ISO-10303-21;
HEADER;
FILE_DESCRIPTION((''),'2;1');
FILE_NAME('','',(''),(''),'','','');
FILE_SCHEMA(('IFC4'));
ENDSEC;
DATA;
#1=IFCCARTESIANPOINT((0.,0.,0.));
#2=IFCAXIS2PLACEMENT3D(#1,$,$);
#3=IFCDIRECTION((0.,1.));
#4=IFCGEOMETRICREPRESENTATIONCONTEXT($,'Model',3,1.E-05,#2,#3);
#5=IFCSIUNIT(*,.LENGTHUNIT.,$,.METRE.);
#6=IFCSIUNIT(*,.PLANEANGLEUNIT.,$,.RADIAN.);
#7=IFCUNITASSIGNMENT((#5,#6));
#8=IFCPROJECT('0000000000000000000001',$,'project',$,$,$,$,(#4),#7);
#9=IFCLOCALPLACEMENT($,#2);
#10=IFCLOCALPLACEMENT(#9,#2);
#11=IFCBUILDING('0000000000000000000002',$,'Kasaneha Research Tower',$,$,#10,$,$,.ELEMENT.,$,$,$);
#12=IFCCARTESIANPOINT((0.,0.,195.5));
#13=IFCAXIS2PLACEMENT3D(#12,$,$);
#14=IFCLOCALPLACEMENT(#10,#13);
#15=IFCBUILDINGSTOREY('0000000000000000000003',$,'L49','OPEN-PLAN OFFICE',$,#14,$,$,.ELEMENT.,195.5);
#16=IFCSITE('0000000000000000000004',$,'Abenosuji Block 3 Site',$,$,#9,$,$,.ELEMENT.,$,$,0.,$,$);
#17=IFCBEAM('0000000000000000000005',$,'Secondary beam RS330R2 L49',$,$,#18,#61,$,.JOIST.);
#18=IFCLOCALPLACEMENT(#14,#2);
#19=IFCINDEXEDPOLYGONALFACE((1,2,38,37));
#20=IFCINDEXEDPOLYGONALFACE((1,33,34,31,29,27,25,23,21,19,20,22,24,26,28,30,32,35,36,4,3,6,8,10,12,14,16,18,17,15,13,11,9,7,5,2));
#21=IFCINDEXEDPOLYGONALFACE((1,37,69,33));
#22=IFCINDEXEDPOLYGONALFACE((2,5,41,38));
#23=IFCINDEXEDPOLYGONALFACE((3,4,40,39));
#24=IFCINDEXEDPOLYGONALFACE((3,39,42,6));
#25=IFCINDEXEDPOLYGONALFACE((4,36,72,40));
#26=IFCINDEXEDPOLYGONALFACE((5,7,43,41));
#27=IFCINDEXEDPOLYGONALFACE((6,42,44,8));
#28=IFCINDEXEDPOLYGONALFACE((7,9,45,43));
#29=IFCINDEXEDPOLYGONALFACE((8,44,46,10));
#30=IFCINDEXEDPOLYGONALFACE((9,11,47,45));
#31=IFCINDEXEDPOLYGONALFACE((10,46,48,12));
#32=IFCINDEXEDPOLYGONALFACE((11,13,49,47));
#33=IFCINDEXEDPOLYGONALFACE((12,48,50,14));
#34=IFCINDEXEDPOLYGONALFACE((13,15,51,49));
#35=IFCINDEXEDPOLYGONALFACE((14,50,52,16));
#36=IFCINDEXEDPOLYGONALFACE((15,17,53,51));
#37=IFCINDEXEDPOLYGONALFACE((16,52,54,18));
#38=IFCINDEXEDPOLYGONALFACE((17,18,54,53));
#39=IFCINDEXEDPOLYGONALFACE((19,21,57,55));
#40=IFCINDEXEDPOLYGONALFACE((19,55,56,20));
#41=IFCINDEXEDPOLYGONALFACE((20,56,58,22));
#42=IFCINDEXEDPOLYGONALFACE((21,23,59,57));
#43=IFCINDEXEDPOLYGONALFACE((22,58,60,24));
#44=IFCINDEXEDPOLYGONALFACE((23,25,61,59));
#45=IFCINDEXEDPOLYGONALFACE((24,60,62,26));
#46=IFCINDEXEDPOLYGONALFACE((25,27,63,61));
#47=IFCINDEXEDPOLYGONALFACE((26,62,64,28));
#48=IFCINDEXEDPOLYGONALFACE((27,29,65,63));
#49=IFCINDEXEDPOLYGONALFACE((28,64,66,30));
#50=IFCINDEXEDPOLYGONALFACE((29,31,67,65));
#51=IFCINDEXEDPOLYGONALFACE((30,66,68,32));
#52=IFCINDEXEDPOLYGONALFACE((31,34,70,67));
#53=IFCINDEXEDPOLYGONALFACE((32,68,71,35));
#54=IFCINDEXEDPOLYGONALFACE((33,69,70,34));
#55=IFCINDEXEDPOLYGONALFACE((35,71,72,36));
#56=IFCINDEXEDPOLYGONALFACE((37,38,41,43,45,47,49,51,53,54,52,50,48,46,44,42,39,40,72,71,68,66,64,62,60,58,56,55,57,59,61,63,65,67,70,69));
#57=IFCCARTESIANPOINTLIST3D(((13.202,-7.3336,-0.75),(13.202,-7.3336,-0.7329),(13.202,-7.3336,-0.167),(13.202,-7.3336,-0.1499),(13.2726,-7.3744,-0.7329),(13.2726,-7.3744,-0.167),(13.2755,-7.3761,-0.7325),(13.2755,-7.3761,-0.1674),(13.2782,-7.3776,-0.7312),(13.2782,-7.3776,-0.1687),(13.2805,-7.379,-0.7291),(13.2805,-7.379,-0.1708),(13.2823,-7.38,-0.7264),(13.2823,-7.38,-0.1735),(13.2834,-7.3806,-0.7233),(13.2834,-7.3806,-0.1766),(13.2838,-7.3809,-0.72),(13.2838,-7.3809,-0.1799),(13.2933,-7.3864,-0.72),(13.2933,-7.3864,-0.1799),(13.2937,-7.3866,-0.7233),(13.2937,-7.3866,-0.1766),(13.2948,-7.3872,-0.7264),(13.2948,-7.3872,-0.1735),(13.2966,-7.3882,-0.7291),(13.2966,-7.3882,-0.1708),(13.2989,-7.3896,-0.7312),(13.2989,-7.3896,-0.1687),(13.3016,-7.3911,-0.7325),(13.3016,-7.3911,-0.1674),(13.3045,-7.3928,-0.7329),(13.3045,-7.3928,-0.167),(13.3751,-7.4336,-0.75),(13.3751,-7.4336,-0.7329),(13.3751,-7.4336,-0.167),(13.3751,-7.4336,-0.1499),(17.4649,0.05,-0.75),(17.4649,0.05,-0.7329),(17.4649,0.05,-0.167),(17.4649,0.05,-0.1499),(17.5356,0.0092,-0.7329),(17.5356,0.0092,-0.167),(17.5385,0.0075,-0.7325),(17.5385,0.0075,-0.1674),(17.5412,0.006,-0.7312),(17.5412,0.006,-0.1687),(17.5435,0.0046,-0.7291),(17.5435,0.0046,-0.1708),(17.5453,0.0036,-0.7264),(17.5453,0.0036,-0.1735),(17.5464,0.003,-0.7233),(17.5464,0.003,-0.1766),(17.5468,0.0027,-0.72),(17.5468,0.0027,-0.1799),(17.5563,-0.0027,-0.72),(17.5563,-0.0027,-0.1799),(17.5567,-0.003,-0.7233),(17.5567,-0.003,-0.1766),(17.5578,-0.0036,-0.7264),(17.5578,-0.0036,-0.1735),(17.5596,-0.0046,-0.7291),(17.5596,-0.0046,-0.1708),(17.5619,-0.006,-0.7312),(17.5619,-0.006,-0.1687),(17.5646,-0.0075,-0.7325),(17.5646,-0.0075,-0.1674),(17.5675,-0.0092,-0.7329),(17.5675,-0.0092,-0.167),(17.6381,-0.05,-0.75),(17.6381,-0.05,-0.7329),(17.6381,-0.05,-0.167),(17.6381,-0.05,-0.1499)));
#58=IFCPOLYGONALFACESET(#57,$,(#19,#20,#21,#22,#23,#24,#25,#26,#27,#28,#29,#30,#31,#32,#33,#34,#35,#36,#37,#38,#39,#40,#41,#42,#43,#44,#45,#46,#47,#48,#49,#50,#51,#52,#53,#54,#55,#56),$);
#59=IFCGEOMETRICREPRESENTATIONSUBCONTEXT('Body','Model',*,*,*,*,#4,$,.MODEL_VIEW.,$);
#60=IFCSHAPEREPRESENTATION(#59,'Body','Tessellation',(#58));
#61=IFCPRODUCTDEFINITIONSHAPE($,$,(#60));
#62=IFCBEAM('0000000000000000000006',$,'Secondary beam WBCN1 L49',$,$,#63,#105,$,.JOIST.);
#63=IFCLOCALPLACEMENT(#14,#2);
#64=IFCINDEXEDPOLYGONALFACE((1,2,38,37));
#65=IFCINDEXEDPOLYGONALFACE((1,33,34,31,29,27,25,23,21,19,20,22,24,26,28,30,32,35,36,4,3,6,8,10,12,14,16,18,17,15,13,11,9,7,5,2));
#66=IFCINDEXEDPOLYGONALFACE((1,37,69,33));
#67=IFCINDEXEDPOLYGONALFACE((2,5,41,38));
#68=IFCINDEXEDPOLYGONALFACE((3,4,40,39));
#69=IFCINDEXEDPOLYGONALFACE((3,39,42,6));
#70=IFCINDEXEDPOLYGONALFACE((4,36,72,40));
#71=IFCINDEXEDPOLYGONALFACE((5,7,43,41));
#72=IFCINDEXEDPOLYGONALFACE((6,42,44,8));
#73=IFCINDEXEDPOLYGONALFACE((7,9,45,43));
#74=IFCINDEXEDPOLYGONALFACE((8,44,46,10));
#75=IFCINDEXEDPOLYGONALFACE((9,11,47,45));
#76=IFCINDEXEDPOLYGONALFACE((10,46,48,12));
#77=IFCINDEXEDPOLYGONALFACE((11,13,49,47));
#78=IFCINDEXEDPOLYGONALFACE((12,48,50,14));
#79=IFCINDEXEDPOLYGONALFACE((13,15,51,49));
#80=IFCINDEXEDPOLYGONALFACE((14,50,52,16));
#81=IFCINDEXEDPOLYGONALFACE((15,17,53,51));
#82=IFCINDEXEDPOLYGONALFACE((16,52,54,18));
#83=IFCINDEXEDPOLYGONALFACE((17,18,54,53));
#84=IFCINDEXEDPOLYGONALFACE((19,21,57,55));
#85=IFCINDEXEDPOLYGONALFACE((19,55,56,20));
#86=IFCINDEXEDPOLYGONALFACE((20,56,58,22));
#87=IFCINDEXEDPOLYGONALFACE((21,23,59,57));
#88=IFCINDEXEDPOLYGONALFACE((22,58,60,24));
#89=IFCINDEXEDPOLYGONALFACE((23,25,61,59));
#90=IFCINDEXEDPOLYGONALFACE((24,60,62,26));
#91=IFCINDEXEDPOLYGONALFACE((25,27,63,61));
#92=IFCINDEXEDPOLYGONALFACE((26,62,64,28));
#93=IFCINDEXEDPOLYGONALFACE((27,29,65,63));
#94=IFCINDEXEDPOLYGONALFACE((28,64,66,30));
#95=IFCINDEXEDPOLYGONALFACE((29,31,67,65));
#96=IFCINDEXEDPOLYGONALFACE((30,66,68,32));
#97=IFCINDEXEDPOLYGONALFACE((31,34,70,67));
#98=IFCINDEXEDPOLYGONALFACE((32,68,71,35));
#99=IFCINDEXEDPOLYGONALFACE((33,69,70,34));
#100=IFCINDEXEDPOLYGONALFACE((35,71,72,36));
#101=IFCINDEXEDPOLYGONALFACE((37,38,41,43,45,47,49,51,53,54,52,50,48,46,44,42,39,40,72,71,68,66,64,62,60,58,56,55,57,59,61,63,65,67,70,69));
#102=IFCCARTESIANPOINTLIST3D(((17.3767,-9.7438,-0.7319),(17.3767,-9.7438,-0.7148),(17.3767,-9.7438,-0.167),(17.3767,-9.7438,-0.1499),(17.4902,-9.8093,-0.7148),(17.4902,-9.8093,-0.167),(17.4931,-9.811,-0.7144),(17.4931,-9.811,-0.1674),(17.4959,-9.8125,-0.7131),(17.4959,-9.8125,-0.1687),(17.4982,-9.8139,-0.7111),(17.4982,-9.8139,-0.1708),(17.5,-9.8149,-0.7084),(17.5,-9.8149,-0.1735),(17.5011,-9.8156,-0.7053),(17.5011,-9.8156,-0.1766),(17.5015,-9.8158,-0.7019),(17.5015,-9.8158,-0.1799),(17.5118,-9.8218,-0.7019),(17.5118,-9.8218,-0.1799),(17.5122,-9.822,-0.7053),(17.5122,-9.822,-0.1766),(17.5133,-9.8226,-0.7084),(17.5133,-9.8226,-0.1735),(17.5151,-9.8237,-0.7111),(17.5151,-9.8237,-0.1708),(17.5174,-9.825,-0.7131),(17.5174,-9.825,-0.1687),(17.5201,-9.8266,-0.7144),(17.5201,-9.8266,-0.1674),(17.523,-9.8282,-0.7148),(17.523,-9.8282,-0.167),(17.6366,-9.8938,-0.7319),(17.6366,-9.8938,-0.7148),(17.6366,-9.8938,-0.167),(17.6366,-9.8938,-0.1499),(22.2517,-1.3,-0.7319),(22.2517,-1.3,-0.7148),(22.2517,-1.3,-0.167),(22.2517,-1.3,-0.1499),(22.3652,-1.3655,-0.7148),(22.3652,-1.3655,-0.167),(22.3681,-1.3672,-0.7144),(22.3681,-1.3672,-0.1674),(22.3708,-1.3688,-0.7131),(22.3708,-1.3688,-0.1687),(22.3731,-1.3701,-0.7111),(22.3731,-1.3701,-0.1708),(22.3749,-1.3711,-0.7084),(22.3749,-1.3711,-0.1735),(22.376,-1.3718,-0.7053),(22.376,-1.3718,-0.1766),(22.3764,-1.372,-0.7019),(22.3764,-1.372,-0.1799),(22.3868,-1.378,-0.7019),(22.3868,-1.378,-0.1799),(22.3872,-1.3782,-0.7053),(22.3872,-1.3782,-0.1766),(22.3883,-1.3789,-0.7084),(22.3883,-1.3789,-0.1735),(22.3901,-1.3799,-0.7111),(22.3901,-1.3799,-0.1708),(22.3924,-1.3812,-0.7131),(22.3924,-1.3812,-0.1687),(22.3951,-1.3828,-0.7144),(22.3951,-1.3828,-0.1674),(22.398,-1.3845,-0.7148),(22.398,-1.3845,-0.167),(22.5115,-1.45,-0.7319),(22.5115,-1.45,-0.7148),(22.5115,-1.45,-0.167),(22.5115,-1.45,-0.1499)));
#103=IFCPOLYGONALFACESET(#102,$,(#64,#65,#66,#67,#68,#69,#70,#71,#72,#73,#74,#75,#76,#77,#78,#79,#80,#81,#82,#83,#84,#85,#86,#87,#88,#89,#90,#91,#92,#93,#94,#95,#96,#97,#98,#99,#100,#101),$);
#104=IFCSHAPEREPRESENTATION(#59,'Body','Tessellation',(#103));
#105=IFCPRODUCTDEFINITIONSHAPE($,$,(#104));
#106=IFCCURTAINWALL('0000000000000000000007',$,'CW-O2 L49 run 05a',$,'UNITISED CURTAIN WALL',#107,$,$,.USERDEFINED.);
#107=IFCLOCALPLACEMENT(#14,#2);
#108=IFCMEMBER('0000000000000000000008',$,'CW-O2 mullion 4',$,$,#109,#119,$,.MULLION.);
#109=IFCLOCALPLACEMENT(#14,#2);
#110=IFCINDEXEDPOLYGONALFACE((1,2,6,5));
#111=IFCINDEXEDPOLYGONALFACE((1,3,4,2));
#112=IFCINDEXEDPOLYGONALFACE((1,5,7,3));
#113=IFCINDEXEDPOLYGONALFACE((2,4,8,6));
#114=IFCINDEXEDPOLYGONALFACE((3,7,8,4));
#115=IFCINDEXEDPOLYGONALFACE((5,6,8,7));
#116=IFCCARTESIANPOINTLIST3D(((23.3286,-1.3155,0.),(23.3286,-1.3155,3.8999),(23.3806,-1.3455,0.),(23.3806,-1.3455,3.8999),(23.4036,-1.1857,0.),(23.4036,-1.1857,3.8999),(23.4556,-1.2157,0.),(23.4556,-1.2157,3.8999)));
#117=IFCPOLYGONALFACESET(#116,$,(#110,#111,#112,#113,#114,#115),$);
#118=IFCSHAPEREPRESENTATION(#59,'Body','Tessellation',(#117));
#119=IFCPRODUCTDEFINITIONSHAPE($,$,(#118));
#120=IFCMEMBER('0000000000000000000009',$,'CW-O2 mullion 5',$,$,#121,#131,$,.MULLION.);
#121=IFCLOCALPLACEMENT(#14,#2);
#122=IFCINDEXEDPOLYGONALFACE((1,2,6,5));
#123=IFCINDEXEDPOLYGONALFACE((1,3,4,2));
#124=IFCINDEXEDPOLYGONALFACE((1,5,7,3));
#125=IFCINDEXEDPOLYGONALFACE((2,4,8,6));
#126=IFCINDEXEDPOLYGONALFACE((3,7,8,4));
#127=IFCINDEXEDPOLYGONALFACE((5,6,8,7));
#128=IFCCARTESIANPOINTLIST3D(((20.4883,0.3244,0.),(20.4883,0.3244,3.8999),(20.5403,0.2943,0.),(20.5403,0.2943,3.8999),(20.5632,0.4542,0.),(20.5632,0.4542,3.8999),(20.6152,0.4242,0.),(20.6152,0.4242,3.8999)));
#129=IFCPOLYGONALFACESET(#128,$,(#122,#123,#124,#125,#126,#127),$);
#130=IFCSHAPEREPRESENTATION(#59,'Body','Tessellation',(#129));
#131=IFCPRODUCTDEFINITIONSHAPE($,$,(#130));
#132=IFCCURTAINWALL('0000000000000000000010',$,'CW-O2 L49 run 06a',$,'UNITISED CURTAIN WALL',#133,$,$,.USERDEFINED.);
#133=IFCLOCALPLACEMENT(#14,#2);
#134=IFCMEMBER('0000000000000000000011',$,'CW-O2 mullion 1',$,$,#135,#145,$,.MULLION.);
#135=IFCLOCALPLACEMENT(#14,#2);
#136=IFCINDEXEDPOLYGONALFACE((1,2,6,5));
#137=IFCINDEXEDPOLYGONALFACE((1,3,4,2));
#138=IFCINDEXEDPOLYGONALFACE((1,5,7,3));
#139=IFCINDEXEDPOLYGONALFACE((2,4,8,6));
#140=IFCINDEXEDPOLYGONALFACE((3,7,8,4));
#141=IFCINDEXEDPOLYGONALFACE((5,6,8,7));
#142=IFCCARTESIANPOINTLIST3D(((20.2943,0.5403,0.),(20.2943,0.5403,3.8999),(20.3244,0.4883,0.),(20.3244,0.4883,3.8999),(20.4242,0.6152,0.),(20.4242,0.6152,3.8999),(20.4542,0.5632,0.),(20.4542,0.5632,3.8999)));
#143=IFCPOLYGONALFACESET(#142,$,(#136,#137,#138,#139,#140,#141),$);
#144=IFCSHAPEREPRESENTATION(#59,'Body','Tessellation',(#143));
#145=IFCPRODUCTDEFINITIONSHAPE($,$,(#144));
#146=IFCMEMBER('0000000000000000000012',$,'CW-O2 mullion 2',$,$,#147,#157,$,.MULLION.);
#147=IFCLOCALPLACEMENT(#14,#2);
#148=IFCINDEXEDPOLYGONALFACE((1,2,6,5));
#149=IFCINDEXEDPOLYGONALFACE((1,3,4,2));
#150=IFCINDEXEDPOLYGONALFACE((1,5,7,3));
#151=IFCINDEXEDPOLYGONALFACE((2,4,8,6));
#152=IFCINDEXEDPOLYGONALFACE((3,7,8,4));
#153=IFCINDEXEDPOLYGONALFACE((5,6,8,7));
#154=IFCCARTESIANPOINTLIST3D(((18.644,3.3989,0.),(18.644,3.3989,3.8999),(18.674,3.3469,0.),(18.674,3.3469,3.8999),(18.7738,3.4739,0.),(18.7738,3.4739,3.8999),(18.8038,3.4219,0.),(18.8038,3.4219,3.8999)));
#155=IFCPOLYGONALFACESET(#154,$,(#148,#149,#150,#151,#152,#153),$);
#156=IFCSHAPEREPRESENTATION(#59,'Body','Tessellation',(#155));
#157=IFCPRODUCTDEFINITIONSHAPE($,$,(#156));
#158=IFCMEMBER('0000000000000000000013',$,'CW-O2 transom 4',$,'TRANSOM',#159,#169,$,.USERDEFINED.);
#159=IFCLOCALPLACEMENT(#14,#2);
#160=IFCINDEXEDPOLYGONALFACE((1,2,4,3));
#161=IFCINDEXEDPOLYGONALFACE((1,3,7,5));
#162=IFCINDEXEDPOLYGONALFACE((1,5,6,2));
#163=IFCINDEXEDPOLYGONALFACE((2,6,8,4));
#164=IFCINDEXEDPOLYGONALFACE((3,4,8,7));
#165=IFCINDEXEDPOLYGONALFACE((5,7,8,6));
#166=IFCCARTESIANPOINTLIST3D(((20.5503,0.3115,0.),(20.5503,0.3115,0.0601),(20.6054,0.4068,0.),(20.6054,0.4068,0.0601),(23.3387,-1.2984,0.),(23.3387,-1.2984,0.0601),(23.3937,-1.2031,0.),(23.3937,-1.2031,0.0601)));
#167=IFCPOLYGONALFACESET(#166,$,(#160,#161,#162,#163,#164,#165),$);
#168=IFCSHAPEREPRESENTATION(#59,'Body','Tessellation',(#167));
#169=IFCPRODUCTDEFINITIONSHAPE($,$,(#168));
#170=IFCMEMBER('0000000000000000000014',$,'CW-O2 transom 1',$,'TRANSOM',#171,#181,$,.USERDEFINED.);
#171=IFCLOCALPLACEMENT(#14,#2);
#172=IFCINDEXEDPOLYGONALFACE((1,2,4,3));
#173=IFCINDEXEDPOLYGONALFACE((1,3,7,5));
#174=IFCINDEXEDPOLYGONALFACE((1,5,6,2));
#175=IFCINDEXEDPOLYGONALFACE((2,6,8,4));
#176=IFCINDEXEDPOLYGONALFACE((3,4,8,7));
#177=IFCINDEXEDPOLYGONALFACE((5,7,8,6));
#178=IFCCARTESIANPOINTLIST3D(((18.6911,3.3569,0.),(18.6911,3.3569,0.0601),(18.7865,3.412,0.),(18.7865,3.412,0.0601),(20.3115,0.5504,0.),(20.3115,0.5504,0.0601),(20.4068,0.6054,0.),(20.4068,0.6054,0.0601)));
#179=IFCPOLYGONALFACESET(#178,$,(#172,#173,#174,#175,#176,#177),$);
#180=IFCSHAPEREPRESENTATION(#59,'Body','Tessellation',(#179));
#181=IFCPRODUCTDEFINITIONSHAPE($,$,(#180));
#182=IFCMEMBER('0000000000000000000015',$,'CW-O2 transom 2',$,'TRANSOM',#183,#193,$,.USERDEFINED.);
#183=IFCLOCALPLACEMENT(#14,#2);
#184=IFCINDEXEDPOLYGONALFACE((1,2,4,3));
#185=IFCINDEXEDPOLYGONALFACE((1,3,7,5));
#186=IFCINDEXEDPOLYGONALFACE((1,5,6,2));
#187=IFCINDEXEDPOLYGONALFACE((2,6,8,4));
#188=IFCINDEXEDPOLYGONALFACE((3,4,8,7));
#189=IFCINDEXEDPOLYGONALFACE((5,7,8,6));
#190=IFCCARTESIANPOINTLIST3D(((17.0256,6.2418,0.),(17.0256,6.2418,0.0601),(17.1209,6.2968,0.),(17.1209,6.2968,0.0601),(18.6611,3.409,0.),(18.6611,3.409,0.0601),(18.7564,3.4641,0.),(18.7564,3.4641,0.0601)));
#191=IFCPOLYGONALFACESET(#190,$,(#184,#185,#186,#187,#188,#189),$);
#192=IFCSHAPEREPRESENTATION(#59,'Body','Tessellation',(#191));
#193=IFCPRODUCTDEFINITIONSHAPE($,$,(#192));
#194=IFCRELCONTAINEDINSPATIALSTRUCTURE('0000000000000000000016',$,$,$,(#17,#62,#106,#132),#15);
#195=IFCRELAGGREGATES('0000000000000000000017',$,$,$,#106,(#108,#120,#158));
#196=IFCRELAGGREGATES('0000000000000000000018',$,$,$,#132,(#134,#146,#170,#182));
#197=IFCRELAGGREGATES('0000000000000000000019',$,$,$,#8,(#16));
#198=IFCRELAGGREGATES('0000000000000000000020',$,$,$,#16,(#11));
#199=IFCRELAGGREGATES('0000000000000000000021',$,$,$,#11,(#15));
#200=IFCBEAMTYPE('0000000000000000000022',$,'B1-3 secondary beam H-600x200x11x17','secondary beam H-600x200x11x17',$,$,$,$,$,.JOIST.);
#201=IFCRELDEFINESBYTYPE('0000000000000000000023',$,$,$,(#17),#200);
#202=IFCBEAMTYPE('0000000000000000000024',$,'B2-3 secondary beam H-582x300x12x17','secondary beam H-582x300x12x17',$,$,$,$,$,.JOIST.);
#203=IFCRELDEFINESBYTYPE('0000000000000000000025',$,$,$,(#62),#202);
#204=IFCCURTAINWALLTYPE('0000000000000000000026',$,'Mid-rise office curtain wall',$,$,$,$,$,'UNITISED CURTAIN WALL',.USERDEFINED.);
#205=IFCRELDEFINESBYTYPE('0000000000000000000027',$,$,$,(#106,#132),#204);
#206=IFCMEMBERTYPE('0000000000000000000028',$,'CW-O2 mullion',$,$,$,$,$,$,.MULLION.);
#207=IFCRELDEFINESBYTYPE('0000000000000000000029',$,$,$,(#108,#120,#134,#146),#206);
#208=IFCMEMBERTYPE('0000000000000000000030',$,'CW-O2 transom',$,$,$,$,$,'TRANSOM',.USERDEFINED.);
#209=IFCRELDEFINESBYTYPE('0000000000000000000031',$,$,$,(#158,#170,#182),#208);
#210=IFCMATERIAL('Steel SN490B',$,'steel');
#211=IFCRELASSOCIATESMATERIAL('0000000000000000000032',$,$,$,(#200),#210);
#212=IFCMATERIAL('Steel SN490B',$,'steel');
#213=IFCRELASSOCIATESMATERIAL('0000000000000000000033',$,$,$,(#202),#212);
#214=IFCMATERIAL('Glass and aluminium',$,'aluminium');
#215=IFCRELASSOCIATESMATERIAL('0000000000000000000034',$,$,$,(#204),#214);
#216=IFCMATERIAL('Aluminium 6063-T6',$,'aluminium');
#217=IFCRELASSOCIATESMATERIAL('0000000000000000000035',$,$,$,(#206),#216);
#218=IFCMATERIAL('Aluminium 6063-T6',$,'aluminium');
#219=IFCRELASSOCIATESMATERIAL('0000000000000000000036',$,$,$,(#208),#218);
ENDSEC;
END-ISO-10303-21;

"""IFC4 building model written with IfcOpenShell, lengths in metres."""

from ifc_helpers import new_model, si_unit, direction, frame, origin, origin_2d, place, context, subcontext, project, spatial, rectangle, i_section, extrude, material, material_profile, profile_set, type_object, element, aggregate, save


model = new_model("IFC4")

# Units and contexts
model_context = context("Model", 3, precision=1e-05, world=origin(), true_north=direction((0.0, 1.0)))
body_context = subcontext(model_context, "Body", "Model", "MODEL_VIEW")
ifc_project = project(units=[si_unit("LENGTHUNIT", "METRE"), si_unit("PLANEANGLEUNIT", "RADIAN")], contexts=[model_context])

# Site, building, storey
site_placement = place(None, origin())
site = spatial("IfcSite", under=ifc_project, at=site_placement, Name="Abenosuji Block 3 Site", CompositionType="ELEMENT", RefElevation=0.0)
building_placement = place(site_placement, origin())
building = spatial("IfcBuilding", under=site, at=building_placement, Name="Kasaneha Research Tower", CompositionType="ELEMENT")
storey_placement = place(building_placement, frame((0.0, 0.0, 195.5)))
storey = spatial("IfcBuildingStorey", under=building, at=storey_placement, Name="L49", Description="OPEN-PLAN OFFICE", CompositionType="ELEMENT", Elevation=195.5)

# Beams
ifc_material_1 = material(Name="Steel SN490B", Category="steel")
ifc_material_profile_1 = material_profile(ifc_material_1, i_section(OverallWidth=0.2, OverallDepth=0.6001, WebThickness=0.011, FlangeThickness=0.0171, FilletRadius=0.0129, at=origin_2d()), Name="H-600x200x11x17")
ifc_profile_set_1 = profile_set([ifc_material_profile_1], Name="Steel SN490B")
beam_type_1 = type_object("IfcBeamType", Name="B1-3 secondary beam H-600x200x11x17", Description="secondary beam H-600x200x11x17", PredefinedType="JOIST", material=ifc_profile_set_1)
beam_1_placement = place(storey_placement, frame((17.5515, 0.0, -0.45), z_axis=(-0.500004, -0.866023, 0.0), x_axis=(0.866023, -0.500004, 0.0)))
element("IfcBeam", 1, at=beam_1_placement, inside=storey, type_object=beam_type_1, Name="Secondary beam RS330R2 L49", PredefinedType="JOIST", context=body_context, shape_type="SweptSolid", body=[
    extrude(i_section(OverallWidth=0.2, OverallDepth=0.6001, WebThickness=0.011, FlangeThickness=0.0171, FilletRadius=0.0129, at=origin_2d()), origin(), (0.0, 0.0, 1.0), 8.5259),
])
ifc_material_2 = material(Name="Steel SN490B", Category="steel")
ifc_material_profile_2 = material_profile(ifc_material_2, i_section(OverallWidth=0.3, OverallDepth=0.582, WebThickness=0.012, FlangeThickness=0.0171, FilletRadius=0.0129, at=origin_2d()), Name="H-582x300x12x17")
ifc_profile_set_2 = profile_set([ifc_material_profile_2], Name="Steel SN490B")
beam_type_2 = type_object("IfcBeamType", Name="B2-3 secondary beam H-582x300x12x17", Description="secondary beam H-582x300x12x17", PredefinedType="JOIST", material=ifc_profile_set_2)
beam_2_placement = place(storey_placement, frame((22.3816, -1.375, -0.4409), z_axis=(-0.499996, -0.866028, 0.0), x_axis=(0.866028, -0.499996, 0.0)))
element("IfcBeam", 2, at=beam_2_placement, inside=storey, type_object=beam_type_2, Name="Secondary beam WBCN1 L49", PredefinedType="JOIST", context=body_context, shape_type="SweptSolid", body=[
    extrude(i_section(OverallWidth=0.3, OverallDepth=0.582, WebThickness=0.012, FlangeThickness=0.0171, FilletRadius=0.0129, at=origin_2d()), origin(), (0.0, 0.0, 1.0), 9.75),
])

# Curtain walls, members
ifc_material_3 = material(Name="Glass and aluminium", Category="aluminium")
curtain_wall_type = type_object("IfcCurtainWallType", Name="Mid-rise office curtain wall", ElementType="UNITISED CURTAIN WALL", PredefinedType="USERDEFINED", material=ifc_material_3)
curtain_wall_1_placement = place(storey_placement, origin())
curtain_wall_1 = element("IfcCurtainWall", 3, at=curtain_wall_1_placement, inside=storey, type_object=curtain_wall_type, Name="CW-O2 L49 run 05a", ObjectType="UNITISED CURTAIN WALL", PredefinedType="USERDEFINED")
ifc_material_4 = material(Name="Aluminium 6063-T6", Category="aluminium")
ifc_material_profile_3 = material_profile(ifc_material_4, rectangle(XDim=0.0601, YDim=0.1499, at=origin_2d()), Name="CW-O2 mullion 60x150")
ifc_profile_set_3 = profile_set([ifc_material_profile_3], Name="Aluminium 6063-T6")
member_type_1 = type_object("IfcMemberType", Name="CW-O2 mullion", PredefinedType="MULLION", material=ifc_profile_set_3)
member_1_placement = place(storey_placement, frame((23.3921, -1.2656, 0.0), z_axis=(0.0, 0.0, 1.0), x_axis=(-0.866025, 0.5, 0.0)))
member_1 = element("IfcMember", 4, at=member_1_placement, type_object=member_type_1, Name="CW-O2 mullion 4", PredefinedType="MULLION", context=body_context, shape_type="SweptSolid", body=[
    extrude(rectangle(XDim=0.0601, YDim=0.1499, at=origin_2d()), origin(), (0.0, 0.0, 1.0), 3.8999),
])
member_2_placement = place(storey_placement, frame((20.5518, 0.3743, 0.0), z_axis=(0.0, 0.0, 1.0), x_axis=(-0.866025, 0.5, 0.0)))
member_2 = element("IfcMember", 5, at=member_2_placement, type_object=member_type_1, Name="CW-O2 mullion 5", PredefinedType="MULLION", context=body_context, shape_type="SweptSolid", body=[
    extrude(rectangle(XDim=0.0601, YDim=0.1499, at=origin_2d()), origin(), (0.0, 0.0, 1.0), 3.8999),
])
curtain_wall_2_placement = place(storey_placement, origin())
curtain_wall_2 = element("IfcCurtainWall", 6, at=curtain_wall_2_placement, inside=storey, type_object=curtain_wall_type, Name="CW-O2 L49 run 06a", ObjectType="UNITISED CURTAIN WALL", PredefinedType="USERDEFINED")
member_3_placement = place(storey_placement, frame((20.3743, 0.5518, 0.0), z_axis=(0.0, 0.0, 1.0), x_axis=(-0.5, 0.866025, 0.0)))
member_3 = element("IfcMember", 7, at=member_3_placement, type_object=member_type_1, Name="CW-O2 mullion 1", PredefinedType="MULLION", context=body_context, shape_type="SweptSolid", body=[
    extrude(rectangle(XDim=0.0601, YDim=0.1499, at=origin_2d()), origin(), (0.0, 0.0, 1.0), 3.8999),
])
member_4_placement = place(storey_placement, frame((18.7239, 3.4104, 0.0), z_axis=(0.0, 0.0, 1.0), x_axis=(-0.5, 0.866025, 0.0)))
member_4 = element("IfcMember", 8, at=member_4_placement, type_object=member_type_1, Name="CW-O2 mullion 2", PredefinedType="MULLION", context=body_context, shape_type="SweptSolid", body=[
    extrude(rectangle(XDim=0.0601, YDim=0.1499, at=origin_2d()), origin(), (0.0, 0.0, 1.0), 3.8999),
])

# Members
ifc_material_5 = material(Name="Aluminium 6063-T6", Category="aluminium")
ifc_material_profile_4 = material_profile(ifc_material_5, rectangle(XDim=0.1101, YDim=0.0601, at=origin_2d()), Name="CW-O2 transom 110x60")
ifc_profile_set_4 = profile_set([ifc_material_profile_4], Name="Aluminium 6063-T6")
member_type_2 = type_object("IfcMemberType", Name="CW-O2 transom", ElementType="TRANSOM", PredefinedType="USERDEFINED", material=ifc_profile_set_4)
member_5_placement = place(storey_placement, frame((23.3662, -1.2507, 0.03), z_axis=(-0.866023, 0.500005, 0.0), x_axis=(-0.500005, -0.866023, 0.0)))
member_5 = element("IfcMember", 9, at=member_5_placement, type_object=member_type_2, Name="CW-O2 transom 4", ObjectType="TRANSOM", PredefinedType="USERDEFINED", context=body_context, shape_type="SweptSolid", body=[
    extrude(rectangle(XDim=0.1101, YDim=0.0601, at=origin_2d()), origin(), (0.0, 0.0, 1.0), 3.2197),
])
member_6_placement = place(storey_placement, frame((20.3591, 0.5779, 0.03), z_axis=(-0.499988, 0.866033, 0.0), x_axis=(-0.866033, -0.499988, 0.0)))
member_6 = element("IfcMember", 10, at=member_6_placement, type_object=member_type_2, Name="CW-O2 transom 1", ObjectType="TRANSOM", PredefinedType="USERDEFINED", context=body_context, shape_type="SweptSolid", body=[
    extrude(rectangle(XDim=0.1101, YDim=0.0601, at=origin_2d()), origin(), (0.0, 0.0, 1.0), 3.2407),
])
member_7_placement = place(storey_placement, frame((18.7087, 3.4365, 0.03), z_axis=(-0.5, 0.866025, 0.0), x_axis=(-0.866025, -0.5, 0.0)))
member_7 = element("IfcMember", 11, at=member_7_placement, type_object=member_type_2, Name="CW-O2 transom 2", ObjectType="TRANSOM", PredefinedType="USERDEFINED", context=body_context, shape_type="SweptSolid", body=[
    extrude(rectangle(XDim=0.1101, YDim=0.0601, at=origin_2d()), origin(), (0.0, 0.0, 1.0), 3.271),
])

aggregate(curtain_wall_1, [member_1, member_2, member_5])
aggregate(curtain_wall_2, [member_3, member_4, member_6, member_7])

save(model, "model.ifc")
